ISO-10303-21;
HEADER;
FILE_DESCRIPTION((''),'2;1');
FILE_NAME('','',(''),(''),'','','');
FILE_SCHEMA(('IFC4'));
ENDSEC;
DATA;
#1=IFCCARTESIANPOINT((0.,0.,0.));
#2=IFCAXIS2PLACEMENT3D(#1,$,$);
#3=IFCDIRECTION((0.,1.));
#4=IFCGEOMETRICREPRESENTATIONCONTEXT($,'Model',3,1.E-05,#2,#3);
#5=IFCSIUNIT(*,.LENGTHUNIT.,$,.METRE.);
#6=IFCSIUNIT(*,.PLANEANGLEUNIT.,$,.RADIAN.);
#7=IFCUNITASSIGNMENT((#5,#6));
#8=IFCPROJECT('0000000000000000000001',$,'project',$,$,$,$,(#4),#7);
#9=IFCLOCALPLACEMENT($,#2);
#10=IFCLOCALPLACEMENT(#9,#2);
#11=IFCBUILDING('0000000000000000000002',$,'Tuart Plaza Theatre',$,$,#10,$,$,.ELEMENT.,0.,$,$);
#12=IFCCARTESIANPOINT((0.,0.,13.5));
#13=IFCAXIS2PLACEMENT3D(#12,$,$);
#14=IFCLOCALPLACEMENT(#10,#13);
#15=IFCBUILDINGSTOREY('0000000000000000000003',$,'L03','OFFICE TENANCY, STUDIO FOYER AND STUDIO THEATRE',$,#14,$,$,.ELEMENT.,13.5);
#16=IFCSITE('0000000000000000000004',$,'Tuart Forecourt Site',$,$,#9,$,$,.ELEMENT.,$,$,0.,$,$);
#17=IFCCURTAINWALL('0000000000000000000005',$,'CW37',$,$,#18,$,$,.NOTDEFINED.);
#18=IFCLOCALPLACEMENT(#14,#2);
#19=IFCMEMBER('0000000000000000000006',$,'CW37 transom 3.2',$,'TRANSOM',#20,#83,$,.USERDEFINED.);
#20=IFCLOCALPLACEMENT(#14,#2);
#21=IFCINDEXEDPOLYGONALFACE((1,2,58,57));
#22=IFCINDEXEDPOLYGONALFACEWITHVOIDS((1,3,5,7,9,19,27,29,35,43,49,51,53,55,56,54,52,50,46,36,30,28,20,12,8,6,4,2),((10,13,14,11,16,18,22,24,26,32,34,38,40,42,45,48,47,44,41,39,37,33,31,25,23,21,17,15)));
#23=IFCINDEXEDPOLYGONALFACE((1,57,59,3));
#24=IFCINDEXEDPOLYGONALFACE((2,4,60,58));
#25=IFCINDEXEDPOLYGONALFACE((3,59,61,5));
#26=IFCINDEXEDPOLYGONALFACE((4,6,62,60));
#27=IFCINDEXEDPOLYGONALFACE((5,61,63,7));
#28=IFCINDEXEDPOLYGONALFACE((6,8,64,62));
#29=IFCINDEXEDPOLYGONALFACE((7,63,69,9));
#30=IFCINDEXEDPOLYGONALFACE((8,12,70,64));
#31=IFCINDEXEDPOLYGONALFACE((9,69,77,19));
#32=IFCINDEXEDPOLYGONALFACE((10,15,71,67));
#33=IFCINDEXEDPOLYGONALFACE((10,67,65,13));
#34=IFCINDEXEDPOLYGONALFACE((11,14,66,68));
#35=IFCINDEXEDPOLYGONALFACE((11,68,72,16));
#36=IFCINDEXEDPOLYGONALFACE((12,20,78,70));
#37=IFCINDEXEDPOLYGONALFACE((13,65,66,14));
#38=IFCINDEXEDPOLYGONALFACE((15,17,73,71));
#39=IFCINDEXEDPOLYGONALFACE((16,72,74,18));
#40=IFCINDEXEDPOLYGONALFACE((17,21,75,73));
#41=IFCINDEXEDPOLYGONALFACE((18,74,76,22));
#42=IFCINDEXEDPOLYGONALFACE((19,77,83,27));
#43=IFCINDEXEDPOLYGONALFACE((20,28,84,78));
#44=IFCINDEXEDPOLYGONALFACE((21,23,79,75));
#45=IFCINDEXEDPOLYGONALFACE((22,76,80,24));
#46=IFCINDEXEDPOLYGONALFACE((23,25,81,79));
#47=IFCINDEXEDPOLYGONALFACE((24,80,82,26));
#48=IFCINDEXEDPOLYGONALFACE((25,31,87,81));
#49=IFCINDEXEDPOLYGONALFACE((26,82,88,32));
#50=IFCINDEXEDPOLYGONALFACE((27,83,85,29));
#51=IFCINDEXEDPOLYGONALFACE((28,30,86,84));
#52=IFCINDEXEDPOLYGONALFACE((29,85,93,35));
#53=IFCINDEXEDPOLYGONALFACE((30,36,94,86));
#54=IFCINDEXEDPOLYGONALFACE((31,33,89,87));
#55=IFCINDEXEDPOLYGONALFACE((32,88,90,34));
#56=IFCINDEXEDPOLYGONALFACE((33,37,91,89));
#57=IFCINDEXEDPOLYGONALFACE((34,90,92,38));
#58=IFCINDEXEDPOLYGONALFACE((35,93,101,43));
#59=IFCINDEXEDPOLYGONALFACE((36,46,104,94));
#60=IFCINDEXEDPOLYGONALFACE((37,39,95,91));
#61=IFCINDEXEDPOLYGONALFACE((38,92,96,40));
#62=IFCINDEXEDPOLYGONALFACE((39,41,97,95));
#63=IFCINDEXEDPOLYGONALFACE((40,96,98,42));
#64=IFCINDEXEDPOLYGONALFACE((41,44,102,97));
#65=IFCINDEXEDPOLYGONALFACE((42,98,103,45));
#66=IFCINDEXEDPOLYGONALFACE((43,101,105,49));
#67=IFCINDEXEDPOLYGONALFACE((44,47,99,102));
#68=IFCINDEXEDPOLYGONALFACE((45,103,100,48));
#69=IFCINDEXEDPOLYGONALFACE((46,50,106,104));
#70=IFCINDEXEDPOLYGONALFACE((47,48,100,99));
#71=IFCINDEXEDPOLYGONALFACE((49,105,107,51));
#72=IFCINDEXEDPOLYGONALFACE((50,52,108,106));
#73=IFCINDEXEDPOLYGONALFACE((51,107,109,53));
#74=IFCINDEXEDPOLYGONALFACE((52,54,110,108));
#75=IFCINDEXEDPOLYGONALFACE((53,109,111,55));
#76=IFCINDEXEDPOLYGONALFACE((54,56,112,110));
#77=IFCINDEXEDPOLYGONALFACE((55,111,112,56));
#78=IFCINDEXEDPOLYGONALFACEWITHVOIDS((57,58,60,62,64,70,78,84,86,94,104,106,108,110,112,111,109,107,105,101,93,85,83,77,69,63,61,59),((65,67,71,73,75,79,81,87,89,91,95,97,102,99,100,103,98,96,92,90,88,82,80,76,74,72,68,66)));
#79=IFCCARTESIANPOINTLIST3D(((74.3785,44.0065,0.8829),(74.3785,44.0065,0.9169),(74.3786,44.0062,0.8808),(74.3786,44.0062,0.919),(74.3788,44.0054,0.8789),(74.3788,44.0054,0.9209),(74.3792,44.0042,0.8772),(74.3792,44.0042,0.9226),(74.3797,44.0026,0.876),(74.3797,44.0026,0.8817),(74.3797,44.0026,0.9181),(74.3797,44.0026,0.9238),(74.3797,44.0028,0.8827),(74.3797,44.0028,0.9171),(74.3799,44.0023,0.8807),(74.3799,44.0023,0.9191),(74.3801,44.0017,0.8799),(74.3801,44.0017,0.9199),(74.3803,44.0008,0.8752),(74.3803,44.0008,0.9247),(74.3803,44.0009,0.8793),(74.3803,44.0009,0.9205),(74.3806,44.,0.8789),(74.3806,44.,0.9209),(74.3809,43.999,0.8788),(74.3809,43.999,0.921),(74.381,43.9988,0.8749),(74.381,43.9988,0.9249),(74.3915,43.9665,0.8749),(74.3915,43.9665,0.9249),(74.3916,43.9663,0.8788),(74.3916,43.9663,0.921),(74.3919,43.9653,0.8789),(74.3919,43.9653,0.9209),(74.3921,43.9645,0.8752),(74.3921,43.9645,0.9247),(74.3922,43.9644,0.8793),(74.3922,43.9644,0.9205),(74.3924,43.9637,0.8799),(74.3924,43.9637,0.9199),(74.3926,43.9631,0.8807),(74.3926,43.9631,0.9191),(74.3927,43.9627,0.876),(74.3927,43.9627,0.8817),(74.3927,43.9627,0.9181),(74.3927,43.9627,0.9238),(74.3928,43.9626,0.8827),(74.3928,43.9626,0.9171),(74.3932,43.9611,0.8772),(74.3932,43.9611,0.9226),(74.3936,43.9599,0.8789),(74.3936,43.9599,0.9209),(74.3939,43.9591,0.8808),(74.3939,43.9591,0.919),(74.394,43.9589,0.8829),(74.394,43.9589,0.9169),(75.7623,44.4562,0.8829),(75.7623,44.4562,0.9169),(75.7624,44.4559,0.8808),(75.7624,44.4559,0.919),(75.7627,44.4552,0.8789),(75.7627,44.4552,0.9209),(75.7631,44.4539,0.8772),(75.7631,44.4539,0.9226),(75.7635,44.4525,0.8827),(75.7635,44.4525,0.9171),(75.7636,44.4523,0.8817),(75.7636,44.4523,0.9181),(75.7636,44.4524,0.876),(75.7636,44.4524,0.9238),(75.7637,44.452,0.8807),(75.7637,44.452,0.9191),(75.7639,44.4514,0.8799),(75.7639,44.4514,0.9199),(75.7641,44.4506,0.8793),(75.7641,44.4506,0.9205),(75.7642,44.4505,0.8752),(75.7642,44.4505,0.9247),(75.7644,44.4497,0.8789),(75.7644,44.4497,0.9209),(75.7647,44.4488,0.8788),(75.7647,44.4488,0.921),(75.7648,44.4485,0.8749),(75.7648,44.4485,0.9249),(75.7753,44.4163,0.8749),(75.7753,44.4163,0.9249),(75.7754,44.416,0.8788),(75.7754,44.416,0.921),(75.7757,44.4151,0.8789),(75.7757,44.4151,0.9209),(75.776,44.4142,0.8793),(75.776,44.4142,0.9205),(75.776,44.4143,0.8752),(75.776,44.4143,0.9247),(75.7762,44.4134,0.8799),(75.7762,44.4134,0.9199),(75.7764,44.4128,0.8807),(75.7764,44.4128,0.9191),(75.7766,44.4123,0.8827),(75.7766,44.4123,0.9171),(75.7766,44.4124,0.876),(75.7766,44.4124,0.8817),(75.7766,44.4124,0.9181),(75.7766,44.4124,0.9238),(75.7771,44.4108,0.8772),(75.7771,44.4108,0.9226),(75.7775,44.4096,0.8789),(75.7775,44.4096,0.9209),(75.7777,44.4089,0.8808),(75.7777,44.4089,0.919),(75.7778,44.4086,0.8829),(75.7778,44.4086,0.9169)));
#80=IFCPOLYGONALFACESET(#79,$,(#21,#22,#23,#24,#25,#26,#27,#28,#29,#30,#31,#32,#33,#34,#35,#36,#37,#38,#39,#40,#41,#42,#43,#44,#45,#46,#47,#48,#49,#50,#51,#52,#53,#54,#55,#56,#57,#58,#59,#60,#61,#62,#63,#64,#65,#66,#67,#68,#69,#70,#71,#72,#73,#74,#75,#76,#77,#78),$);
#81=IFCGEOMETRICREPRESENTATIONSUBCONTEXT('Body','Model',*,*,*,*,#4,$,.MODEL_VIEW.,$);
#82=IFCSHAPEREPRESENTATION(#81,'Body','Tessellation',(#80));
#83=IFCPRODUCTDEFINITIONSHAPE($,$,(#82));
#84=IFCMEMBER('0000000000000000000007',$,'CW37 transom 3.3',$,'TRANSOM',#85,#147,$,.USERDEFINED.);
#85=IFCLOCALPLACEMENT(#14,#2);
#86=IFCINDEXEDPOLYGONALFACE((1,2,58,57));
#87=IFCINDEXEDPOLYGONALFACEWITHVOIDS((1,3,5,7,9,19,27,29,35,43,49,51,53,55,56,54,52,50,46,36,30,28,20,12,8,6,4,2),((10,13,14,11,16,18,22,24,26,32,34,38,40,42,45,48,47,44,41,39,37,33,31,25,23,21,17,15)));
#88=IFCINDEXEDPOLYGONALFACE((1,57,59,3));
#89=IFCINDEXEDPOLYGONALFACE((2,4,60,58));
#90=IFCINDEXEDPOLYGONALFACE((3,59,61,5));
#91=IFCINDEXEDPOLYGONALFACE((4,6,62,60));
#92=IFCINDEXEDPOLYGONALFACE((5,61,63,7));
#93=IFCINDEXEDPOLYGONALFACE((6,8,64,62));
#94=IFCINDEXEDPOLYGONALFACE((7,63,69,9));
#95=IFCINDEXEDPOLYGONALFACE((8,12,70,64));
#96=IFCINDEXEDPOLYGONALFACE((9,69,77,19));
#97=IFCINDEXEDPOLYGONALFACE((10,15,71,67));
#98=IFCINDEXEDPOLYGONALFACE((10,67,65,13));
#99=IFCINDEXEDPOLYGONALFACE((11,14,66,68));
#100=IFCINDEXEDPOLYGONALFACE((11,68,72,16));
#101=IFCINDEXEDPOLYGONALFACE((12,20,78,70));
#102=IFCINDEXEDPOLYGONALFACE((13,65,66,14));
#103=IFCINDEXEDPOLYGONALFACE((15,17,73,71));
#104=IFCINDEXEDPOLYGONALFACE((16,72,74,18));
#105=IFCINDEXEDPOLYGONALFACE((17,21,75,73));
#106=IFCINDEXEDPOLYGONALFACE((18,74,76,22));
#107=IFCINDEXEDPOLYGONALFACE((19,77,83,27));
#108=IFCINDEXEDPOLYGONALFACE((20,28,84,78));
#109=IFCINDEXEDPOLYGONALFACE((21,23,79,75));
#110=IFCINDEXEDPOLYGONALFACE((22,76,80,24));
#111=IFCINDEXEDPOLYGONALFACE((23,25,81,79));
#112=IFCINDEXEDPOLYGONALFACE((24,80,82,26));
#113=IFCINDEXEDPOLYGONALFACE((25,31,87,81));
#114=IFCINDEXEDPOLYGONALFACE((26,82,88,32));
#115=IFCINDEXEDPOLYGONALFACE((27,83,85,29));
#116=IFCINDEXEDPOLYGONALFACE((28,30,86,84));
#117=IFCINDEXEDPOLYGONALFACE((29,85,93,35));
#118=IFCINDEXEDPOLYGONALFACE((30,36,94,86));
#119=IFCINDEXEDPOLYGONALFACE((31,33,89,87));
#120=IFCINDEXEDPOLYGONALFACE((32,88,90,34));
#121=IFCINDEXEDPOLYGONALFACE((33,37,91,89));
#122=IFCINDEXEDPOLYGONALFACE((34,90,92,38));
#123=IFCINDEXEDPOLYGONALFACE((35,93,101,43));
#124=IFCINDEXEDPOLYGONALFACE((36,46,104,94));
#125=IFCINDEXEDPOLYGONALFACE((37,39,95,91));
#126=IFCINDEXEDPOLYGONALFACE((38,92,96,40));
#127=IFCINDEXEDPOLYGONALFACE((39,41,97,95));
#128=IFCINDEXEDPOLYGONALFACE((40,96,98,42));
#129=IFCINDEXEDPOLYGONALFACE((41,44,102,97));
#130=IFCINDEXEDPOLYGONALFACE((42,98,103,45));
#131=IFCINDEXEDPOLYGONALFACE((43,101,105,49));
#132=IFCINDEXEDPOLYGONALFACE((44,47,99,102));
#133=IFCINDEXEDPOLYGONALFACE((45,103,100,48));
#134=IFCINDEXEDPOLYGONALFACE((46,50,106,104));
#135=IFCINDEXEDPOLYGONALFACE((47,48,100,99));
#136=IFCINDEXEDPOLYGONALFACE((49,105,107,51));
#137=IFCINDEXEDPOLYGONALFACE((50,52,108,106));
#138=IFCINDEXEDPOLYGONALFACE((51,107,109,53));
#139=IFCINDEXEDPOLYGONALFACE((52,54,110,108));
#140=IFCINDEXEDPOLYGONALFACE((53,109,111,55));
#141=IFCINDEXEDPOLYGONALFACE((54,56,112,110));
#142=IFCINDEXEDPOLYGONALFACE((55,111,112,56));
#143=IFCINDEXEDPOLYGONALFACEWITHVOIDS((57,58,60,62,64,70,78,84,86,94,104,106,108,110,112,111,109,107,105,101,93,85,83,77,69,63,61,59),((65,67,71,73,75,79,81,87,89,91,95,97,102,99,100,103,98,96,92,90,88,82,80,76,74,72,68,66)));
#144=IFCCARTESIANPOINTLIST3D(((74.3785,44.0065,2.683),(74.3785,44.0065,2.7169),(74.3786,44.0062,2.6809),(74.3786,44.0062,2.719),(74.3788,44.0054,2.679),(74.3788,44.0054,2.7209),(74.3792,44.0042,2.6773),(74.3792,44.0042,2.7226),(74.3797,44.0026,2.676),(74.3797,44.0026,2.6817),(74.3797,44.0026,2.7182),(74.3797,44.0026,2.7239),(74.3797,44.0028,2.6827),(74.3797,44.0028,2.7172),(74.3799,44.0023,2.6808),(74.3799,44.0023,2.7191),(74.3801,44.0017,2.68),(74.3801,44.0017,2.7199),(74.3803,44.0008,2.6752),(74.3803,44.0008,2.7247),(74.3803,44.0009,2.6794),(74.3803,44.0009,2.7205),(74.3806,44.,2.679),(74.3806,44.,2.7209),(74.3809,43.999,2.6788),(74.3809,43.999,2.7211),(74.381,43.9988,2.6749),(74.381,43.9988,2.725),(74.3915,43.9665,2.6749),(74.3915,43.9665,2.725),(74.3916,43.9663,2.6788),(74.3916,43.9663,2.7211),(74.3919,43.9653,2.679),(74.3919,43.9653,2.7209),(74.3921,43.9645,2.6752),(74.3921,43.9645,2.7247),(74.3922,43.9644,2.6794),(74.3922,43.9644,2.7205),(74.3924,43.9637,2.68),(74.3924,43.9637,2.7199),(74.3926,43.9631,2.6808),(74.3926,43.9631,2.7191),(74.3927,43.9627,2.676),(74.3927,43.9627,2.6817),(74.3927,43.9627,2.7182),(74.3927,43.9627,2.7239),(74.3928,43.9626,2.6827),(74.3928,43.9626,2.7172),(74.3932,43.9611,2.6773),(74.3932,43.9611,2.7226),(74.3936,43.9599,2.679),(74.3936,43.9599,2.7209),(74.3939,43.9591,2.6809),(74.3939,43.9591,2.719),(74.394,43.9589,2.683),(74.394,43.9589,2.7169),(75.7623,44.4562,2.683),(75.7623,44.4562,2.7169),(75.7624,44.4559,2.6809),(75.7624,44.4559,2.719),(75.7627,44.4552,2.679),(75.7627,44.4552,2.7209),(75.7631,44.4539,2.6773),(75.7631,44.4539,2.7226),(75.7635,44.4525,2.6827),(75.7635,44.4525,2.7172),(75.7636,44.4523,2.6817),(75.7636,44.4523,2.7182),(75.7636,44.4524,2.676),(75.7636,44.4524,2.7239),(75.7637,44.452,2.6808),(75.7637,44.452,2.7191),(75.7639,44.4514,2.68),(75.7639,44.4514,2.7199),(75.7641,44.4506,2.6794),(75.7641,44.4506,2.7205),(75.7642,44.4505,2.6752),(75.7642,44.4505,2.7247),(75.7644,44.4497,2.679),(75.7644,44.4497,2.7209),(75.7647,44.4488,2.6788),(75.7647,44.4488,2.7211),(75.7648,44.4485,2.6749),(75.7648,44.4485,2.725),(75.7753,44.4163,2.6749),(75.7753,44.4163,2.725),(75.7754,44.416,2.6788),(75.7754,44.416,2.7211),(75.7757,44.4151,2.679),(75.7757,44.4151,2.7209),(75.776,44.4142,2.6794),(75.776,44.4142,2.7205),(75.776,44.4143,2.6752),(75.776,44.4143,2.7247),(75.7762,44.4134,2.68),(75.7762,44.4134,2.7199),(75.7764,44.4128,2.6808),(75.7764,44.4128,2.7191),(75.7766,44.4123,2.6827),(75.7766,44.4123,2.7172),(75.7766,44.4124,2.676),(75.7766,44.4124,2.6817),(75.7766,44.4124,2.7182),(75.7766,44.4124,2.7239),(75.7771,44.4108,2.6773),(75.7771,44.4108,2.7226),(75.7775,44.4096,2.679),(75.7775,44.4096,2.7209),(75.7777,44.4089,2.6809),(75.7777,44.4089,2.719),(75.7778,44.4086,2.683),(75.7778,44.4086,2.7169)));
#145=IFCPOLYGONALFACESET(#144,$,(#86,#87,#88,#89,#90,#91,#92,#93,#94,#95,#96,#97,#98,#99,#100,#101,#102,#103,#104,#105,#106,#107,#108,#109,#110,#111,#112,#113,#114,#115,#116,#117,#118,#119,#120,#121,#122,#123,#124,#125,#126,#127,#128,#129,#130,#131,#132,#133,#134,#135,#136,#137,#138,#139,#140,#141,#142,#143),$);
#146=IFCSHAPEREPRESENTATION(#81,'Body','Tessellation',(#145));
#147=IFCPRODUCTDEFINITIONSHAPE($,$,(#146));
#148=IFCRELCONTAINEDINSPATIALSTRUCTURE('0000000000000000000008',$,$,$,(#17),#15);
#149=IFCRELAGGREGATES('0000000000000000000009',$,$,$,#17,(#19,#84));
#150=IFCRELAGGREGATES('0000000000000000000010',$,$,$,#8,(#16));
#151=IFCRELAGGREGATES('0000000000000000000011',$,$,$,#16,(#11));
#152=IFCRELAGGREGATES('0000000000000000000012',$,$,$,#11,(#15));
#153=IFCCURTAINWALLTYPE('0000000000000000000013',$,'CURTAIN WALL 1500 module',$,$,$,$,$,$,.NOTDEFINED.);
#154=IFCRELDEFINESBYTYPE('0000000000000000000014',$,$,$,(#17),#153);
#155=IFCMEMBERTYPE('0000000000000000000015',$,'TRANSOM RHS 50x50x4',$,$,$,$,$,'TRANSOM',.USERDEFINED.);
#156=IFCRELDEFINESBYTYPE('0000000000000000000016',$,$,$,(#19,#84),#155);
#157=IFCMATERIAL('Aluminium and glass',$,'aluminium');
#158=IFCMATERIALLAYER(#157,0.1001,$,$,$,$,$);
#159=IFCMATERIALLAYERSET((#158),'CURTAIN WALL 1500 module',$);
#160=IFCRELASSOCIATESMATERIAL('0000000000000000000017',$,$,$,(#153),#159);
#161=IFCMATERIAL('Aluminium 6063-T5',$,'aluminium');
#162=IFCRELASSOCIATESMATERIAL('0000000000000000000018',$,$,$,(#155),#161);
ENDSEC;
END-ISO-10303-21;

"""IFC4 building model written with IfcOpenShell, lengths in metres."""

from ifc_helpers import new_model, si_unit, direction, frame, origin, origin_2d, place, context, subcontext, project, spatial, hollow_rectangle, extrude, material, layer, layer_set, material_profile, profile_set, type_object, element, aggregate, save


model = new_model("IFC4")

# Units and contexts
model_context = context("Model", 3, precision=1e-05, world=origin(), true_north=direction((0.0, 1.0)))
body_context = subcontext(model_context, "Body", "Model", "MODEL_VIEW")
ifc_project = project(units=[si_unit("LENGTHUNIT", "METRE"), si_unit("PLANEANGLEUNIT", "RADIAN")], contexts=[model_context])

# Site, building, storey
site_placement = place(None, origin())
site = spatial("IfcSite", under=ifc_project, at=site_placement, Name="Tuart Forecourt Site", CompositionType="ELEMENT", RefElevation=0.0)
building_placement = place(site_placement, origin())
building = spatial("IfcBuilding", under=site, at=building_placement, Name="Tuart Plaza Theatre", CompositionType="ELEMENT", ElevationOfRefHeight=0.0)
storey_placement = place(building_placement, frame((0.0, 0.0, 13.5)))
storey = spatial("IfcBuildingStorey", under=building, at=storey_placement, Name="L03", Description="OFFICE TENANCY, STUDIO FOYER AND STUDIO THEATRE", CompositionType="ELEMENT", Elevation=13.5)

# Curtain wall, members
ifc_material_1 = material(Name="Aluminium and glass", Category="aluminium")
ifc_layer_1 = layer(ifc_material_1, 0.1001)
ifc_layer_set_1 = layer_set([ifc_layer_1], Name="CURTAIN WALL 1500 module")
curtain_wall_type = type_object("IfcCurtainWallType", Name="CURTAIN WALL 1500 module", PredefinedType="NOTDEFINED", material=ifc_layer_set_1)
curtain_wall_placement = place(storey_placement, origin())
curtain_wall = element("IfcCurtainWall", 1, at=curtain_wall_placement, inside=storey, type_object=curtain_wall_type, Name="CW37", PredefinedType="NOTDEFINED")
ifc_material_2 = material(Name="Aluminium 6063-T5", Category="aluminium")
ifc_material_profile_1 = material_profile(ifc_material_2, hollow_rectangle(XDim=0.05, YDim=0.05, WallThickness=0.0039, InnerFilletRadius=0.0039, OuterFilletRadius=0.0081, at=origin_2d()), Name="RHS 50x50x4")
ifc_profile_set_1 = profile_set([ifc_material_profile_1], Name="Aluminium 6063-T5")
member_type_1 = type_object("IfcMemberType", Name="TRANSOM RHS 50x50x4", ElementType="TRANSOM", PredefinedType="USERDEFINED", material=ifc_profile_set_1)
member_1_placement = place(storey_placement, frame((74.3862, 43.9827, 0.8999), z_axis=(0.951039, 0.309071, 0.0), x_axis=(-0.309071, 0.951039, 0.0)))
member_1 = element("IfcMember", 2, at=member_1_placement, type_object=member_type_1, Name="CW37 transom 3.2", ObjectType="TRANSOM", PredefinedType="USERDEFINED", context=body_context, shape_type="SweptSolid", body=[
    extrude(hollow_rectangle(XDim=0.05, YDim=0.05, WallThickness=0.0039, InnerFilletRadius=0.0039, OuterFilletRadius=0.0081, at=origin_2d()), origin(), (0.0, 0.0, 1.0), 1.4551),
])
member_2_placement = place(storey_placement, frame((74.3862, 43.9827, 2.7), z_axis=(0.951039, 0.309071, 0.0), x_axis=(-0.309071, 0.951039, 0.0)))
member_2 = element("IfcMember", 3, at=member_2_placement, type_object=member_type_1, Name="CW37 transom 3.3", ObjectType="TRANSOM", PredefinedType="USERDEFINED", context=body_context, shape_type="SweptSolid", body=[
    extrude(hollow_rectangle(XDim=0.05, YDim=0.05, WallThickness=0.0039, InnerFilletRadius=0.0039, OuterFilletRadius=0.0081, at=origin_2d()), origin(), (0.0, 0.0, 1.0), 1.4551),
])
aggregate(curtain_wall, [member_1, member_2])

save(model, "model.ifc")
